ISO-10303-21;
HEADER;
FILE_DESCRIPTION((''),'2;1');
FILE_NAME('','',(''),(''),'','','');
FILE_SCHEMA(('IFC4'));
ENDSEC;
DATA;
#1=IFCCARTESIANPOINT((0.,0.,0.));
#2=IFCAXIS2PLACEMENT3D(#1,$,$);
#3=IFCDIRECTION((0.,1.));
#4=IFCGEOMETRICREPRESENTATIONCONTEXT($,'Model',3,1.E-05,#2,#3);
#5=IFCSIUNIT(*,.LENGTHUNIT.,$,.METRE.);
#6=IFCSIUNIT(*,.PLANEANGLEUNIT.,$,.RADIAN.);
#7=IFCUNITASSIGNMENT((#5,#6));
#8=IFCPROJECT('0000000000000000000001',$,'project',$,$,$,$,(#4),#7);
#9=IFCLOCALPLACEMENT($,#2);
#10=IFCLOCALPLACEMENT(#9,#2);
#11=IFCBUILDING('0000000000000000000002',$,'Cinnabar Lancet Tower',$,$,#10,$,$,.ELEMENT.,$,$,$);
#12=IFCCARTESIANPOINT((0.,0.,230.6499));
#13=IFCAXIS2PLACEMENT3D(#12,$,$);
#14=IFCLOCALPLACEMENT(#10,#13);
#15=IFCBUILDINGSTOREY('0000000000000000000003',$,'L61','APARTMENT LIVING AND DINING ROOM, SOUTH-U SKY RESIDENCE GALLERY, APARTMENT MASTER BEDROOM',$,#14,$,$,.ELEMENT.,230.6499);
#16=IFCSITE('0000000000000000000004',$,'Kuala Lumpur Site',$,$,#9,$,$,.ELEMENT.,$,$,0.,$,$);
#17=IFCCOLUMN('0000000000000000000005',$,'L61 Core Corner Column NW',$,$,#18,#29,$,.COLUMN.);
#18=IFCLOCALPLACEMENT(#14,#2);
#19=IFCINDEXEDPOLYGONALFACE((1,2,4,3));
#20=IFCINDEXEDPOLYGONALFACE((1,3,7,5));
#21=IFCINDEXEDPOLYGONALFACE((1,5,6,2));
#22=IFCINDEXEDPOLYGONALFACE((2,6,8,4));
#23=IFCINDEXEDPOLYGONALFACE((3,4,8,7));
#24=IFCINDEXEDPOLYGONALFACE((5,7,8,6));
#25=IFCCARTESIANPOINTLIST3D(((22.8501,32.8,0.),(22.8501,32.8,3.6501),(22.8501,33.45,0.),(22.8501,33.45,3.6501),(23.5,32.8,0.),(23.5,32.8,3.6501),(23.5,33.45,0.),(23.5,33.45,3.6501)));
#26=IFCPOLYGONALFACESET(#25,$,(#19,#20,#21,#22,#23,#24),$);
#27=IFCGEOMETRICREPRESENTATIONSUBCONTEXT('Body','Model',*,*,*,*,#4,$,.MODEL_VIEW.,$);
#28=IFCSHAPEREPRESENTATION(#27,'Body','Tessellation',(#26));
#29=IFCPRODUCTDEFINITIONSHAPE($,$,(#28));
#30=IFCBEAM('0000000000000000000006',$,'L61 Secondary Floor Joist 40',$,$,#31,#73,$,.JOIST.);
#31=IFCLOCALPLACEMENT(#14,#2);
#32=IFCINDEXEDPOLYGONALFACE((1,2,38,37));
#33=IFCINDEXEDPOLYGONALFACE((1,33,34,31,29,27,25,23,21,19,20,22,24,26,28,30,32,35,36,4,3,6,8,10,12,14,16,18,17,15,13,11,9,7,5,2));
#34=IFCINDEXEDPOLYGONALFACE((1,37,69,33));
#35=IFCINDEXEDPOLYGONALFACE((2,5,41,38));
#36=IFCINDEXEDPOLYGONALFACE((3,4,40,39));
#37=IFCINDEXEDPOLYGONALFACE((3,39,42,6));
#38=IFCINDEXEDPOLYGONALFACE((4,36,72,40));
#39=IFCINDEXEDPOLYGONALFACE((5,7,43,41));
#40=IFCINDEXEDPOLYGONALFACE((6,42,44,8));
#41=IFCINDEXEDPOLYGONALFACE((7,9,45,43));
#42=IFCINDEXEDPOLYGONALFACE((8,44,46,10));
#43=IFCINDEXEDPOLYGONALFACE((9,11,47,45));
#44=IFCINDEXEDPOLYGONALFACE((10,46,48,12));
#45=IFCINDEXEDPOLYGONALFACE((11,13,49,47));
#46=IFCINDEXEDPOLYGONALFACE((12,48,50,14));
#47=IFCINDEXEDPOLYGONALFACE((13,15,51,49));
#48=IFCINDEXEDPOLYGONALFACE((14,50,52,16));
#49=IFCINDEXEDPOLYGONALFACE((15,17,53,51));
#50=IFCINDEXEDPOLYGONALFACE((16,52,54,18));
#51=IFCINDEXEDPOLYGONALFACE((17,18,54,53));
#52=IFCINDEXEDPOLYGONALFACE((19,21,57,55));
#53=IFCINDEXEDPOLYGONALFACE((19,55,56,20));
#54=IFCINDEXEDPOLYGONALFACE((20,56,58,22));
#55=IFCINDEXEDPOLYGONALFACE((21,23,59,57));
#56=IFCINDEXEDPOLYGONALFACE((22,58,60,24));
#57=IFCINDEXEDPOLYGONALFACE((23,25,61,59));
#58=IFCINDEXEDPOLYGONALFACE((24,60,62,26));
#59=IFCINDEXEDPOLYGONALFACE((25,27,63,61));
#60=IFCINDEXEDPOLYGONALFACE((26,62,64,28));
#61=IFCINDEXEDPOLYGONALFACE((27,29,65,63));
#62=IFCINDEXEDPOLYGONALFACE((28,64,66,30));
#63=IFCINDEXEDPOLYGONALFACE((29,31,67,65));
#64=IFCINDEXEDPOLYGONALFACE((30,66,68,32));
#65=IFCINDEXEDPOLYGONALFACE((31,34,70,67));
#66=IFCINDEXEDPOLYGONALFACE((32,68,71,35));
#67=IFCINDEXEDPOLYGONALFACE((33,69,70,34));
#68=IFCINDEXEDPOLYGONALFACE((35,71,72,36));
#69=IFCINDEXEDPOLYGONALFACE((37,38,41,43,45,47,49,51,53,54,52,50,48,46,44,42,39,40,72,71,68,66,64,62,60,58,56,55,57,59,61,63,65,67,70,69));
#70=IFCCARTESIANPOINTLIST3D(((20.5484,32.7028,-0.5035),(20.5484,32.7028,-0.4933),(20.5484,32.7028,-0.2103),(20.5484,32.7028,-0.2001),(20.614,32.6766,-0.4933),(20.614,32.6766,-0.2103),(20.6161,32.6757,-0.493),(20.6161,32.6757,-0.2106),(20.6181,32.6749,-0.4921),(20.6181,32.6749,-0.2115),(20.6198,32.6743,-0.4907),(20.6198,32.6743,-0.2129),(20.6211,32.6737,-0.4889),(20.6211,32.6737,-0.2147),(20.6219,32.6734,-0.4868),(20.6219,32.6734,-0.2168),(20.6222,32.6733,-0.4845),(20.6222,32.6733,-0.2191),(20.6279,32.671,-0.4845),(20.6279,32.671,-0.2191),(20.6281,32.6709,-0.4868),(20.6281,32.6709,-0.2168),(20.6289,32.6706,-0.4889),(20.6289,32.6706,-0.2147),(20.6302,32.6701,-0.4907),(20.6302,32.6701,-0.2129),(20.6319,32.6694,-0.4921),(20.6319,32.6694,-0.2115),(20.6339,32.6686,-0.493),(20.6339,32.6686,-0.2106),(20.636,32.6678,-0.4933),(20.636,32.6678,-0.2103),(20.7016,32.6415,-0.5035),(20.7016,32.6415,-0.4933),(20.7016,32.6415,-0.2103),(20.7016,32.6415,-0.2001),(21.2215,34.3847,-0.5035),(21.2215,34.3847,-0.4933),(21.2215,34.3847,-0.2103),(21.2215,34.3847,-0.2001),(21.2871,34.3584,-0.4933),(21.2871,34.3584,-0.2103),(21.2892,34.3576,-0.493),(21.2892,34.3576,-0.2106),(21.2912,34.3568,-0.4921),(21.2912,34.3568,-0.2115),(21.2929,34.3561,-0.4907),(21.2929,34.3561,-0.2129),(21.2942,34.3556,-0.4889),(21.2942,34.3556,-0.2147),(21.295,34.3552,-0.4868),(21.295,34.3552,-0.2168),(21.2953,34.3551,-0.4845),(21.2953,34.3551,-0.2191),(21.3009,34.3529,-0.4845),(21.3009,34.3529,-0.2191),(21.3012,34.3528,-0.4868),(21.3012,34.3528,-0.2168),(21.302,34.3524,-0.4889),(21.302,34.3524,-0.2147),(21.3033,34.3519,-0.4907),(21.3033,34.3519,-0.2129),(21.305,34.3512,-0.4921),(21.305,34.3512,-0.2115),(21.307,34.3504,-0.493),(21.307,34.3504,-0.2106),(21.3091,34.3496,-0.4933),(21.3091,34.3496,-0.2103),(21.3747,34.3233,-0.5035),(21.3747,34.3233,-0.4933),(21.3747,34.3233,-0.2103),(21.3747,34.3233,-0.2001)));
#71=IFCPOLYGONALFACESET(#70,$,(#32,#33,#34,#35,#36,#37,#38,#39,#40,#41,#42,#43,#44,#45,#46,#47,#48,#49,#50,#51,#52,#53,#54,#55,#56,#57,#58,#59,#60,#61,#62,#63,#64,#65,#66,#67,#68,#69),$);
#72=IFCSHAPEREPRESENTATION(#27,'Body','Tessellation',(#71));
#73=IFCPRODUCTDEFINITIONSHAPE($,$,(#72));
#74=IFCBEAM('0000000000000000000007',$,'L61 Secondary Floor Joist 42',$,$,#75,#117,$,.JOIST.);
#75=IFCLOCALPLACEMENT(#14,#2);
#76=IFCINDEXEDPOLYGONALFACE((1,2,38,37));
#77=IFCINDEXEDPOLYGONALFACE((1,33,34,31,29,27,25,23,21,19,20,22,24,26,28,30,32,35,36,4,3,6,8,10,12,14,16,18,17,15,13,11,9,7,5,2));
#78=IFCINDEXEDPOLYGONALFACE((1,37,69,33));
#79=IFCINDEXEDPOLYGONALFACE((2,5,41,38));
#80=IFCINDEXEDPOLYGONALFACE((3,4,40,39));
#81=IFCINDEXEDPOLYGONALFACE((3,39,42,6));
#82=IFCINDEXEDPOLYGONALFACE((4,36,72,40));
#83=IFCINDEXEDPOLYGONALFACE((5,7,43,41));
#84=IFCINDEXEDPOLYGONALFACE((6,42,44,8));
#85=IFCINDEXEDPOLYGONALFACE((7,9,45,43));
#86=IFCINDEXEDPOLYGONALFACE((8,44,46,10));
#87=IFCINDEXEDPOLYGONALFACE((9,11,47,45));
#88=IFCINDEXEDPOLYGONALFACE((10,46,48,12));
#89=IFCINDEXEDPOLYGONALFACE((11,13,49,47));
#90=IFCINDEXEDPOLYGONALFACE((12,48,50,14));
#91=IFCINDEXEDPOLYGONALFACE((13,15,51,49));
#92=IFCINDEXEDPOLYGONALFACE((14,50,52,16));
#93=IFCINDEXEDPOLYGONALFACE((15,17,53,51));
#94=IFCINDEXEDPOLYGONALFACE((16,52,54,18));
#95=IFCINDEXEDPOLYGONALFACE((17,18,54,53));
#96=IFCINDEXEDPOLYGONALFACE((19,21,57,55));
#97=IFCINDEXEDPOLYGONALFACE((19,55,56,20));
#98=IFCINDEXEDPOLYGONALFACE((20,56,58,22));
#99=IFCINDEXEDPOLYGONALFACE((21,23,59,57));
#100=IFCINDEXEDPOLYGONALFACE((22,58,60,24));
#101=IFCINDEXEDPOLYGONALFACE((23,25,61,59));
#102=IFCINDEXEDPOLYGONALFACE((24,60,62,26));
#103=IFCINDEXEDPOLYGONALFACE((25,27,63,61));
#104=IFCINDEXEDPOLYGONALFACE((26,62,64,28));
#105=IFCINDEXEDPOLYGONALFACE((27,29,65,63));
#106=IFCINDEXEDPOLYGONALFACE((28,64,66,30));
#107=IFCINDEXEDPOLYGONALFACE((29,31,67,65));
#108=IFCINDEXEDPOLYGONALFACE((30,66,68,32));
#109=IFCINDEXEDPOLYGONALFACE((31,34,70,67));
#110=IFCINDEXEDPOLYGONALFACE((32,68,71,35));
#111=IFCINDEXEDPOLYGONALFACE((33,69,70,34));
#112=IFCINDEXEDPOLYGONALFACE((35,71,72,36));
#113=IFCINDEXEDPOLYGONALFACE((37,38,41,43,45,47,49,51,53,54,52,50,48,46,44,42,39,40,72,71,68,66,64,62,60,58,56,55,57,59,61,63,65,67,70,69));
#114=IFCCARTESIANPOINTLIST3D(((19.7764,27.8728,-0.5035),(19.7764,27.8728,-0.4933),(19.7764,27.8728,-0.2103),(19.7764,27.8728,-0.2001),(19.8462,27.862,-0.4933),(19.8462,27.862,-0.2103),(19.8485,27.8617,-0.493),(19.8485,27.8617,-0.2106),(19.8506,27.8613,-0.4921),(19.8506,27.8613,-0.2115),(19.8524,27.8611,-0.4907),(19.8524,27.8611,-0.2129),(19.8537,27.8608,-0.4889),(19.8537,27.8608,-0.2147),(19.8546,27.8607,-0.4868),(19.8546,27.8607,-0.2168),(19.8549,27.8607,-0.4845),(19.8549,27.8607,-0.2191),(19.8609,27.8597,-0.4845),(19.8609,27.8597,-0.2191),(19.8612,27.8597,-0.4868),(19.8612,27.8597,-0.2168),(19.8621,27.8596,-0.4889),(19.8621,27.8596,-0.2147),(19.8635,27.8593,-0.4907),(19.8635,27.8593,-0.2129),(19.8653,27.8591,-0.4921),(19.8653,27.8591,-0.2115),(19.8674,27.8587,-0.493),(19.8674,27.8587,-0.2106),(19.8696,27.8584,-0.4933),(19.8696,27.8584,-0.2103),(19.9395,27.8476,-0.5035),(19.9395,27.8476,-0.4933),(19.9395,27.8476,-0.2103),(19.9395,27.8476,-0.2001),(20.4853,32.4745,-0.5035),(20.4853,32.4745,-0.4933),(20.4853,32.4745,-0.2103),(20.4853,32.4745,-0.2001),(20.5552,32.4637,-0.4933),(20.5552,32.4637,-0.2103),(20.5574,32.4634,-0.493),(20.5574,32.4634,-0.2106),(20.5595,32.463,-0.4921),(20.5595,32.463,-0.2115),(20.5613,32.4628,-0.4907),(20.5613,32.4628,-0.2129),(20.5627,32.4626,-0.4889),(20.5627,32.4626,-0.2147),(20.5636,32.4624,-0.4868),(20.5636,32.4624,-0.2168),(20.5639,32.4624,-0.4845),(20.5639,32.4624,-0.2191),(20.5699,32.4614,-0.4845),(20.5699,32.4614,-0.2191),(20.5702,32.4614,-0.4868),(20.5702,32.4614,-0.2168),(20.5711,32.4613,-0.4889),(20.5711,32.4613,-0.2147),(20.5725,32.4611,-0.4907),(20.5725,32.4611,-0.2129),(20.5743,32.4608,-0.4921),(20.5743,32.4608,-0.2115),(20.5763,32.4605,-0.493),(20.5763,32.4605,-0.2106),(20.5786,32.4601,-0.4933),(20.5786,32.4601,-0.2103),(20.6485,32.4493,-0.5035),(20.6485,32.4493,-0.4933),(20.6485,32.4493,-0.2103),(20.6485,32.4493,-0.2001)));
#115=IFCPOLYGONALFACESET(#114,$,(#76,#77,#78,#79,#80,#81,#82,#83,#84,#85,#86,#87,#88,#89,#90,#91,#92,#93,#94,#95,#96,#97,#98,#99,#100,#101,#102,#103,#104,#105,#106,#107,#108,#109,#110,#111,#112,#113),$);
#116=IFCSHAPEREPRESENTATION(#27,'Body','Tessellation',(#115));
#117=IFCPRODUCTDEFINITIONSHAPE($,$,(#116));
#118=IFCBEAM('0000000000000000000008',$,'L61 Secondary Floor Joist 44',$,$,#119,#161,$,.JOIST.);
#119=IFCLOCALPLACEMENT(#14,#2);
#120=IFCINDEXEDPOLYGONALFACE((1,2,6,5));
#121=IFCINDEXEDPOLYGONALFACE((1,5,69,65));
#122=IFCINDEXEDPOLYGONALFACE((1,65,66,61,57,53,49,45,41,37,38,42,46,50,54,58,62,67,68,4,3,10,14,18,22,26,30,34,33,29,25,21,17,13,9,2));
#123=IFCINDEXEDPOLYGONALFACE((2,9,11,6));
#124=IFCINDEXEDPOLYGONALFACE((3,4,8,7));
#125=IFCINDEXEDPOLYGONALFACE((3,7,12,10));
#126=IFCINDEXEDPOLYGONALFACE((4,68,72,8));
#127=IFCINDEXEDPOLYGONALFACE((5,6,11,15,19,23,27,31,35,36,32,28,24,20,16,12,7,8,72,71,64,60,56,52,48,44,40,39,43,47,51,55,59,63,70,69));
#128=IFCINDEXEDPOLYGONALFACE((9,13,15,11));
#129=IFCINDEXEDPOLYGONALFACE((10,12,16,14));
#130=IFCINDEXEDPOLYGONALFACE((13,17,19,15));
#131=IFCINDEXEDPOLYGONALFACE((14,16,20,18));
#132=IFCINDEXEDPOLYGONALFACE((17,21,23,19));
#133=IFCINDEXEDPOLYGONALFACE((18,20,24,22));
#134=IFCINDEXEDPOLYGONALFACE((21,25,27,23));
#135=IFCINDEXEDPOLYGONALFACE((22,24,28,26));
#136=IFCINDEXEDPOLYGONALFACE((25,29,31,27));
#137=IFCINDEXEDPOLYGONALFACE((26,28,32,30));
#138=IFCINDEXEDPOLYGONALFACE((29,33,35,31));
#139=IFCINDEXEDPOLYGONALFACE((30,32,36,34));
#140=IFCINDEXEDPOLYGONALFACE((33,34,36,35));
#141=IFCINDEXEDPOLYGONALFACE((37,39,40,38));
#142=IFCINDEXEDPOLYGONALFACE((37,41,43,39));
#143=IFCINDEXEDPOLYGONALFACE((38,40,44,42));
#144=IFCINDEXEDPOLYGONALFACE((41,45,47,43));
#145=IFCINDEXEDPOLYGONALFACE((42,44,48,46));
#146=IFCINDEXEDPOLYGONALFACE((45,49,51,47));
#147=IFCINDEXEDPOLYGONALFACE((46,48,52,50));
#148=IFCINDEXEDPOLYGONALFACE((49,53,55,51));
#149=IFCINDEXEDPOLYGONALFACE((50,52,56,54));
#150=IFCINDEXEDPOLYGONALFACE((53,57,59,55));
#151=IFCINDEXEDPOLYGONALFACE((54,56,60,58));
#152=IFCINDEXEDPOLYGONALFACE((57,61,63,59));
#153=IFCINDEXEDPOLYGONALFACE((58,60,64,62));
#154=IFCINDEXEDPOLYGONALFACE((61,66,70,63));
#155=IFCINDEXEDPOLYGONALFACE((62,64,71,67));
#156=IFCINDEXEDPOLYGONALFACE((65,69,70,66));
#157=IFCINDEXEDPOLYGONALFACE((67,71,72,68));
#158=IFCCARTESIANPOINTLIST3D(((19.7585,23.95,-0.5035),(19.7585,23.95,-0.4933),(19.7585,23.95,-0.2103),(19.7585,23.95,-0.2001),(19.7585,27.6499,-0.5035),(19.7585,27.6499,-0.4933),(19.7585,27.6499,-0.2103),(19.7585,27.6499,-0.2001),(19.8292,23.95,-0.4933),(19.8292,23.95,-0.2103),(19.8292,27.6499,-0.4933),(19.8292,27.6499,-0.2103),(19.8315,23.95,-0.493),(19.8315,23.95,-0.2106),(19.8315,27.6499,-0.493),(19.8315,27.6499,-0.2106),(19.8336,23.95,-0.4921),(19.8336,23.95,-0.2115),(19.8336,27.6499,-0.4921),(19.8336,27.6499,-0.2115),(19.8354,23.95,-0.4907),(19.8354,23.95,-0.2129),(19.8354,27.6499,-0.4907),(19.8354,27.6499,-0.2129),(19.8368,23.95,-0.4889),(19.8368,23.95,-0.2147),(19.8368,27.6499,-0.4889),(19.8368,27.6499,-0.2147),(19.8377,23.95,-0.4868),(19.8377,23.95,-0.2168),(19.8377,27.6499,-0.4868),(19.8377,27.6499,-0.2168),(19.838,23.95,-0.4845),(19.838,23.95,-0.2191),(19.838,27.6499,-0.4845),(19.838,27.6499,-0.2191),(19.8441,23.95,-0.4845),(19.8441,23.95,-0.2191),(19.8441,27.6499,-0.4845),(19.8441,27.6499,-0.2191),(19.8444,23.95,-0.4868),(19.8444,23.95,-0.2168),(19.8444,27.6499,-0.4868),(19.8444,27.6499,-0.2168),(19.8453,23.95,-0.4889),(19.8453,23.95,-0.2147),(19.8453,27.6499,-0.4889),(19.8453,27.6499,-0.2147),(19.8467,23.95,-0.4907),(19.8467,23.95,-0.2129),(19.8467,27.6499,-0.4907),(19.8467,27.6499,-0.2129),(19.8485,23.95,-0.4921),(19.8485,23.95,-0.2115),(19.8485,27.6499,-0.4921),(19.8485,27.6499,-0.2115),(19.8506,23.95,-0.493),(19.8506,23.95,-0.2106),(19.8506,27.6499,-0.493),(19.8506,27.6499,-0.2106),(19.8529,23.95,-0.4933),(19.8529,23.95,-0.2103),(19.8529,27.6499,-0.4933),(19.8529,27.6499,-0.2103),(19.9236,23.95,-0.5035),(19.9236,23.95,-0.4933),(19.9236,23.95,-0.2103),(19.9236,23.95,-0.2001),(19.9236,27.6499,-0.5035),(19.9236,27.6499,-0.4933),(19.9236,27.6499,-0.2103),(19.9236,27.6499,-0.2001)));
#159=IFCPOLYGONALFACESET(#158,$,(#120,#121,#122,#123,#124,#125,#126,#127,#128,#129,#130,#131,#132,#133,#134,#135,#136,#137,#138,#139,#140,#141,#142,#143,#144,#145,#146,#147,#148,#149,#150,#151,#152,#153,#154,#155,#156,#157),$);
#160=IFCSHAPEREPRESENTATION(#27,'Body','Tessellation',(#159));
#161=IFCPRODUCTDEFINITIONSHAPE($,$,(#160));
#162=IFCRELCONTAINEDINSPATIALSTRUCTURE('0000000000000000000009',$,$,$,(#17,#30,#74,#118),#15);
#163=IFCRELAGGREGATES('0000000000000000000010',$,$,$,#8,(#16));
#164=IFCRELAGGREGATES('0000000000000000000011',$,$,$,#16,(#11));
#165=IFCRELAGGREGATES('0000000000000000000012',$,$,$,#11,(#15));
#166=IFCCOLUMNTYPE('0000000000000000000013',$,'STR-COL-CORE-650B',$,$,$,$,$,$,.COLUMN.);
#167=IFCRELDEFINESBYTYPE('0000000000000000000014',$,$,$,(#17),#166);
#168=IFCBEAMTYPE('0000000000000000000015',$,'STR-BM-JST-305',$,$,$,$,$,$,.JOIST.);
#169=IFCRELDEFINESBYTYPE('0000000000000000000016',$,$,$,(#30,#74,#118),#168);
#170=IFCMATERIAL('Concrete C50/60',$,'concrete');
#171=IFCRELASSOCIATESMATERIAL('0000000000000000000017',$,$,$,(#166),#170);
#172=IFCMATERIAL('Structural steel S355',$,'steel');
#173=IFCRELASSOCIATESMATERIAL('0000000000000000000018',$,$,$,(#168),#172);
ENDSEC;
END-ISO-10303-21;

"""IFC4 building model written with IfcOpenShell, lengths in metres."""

from ifc_helpers import new_model, si_unit, direction, frame, origin, origin_2d, place, context, subcontext, project, spatial, rectangle, i_section, extrude, material, material_profile, profile_set, type_object, element, save


model = new_model("IFC4")

# Units and contexts
model_context = context("Model", 3, precision=1e-05, world=origin(), true_north=direction((0.0, 1.0)))
body_context = subcontext(model_context, "Body", "Model", "MODEL_VIEW")
ifc_project = project(units=[si_unit("LENGTHUNIT", "METRE"), si_unit("PLANEANGLEUNIT", "RADIAN")], contexts=[model_context])

# Site, building, storey
site_placement = place(None, origin())
site = spatial("IfcSite", under=ifc_project, at=site_placement, Name="Kuala Lumpur Site", CompositionType="ELEMENT", RefElevation=0.0)
building_placement = place(site_placement, origin())
building = spatial("IfcBuilding", under=site, at=building_placement, Name="Cinnabar Lancet Tower", CompositionType="ELEMENT")
storey_placement = place(building_placement, frame((0.0, 0.0, 230.6499)))
storey = spatial("IfcBuildingStorey", under=building, at=storey_placement, Name="L61", Description="APARTMENT LIVING AND DINING ROOM, SOUTH-U SKY RESIDENCE GALLERY, APARTMENT MASTER BEDROOM", CompositionType="ELEMENT", Elevation=230.6499)

# Column
ifc_material_1 = material(Name="Concrete C50/60", Category="concrete")
ifc_material_profile_1 = material_profile(ifc_material_1, rectangle(XDim=0.6499, YDim=0.6499, at=origin_2d()), Name="RC-COL 650x650")
ifc_profile_set_1 = profile_set([ifc_material_profile_1], Name="Concrete C50/60")
column_type = type_object("IfcColumnType", Name="STR-COL-CORE-650B", PredefinedType="COLUMN", material=ifc_profile_set_1)
column_placement = place(storey_placement, frame((23.175, 33.125, 0.0), z_axis=(0.0, 0.0, 1.0), x_axis=(1.0, 0.0, 0.0)))
element("IfcColumn", 1, at=column_placement, inside=storey, type_object=column_type, Name="L61 Core Corner Column NW", PredefinedType="COLUMN", context=body_context, shape_type="SweptSolid", body=[
    extrude(rectangle(XDim=0.6499, YDim=0.6499, at=origin_2d()), origin(), (0.0, 0.0, 1.0), 3.6501),
])

# Beams
ifc_material_2 = material(Name="Structural steel S355", Category="steel")
ifc_material_profile_2 = material_profile(ifc_material_2, i_section(OverallWidth=0.165, OverallDepth=0.3035, WebThickness=0.0061, FlangeThickness=0.0103, FilletRadius=0.0088, at=origin_2d()), Name="UKB 305x165x40")
ifc_profile_set_2 = profile_set([ifc_material_profile_2], Name="Structural steel S355")
beam_type_1 = type_object("IfcBeamType", Name="STR-BM-JST-305", PredefinedType="JOIST", material=ifc_profile_set_2)
beam_1_placement = place(storey_placement, frame((21.2981, 34.354, -0.3518), z_axis=(-0.371553, -0.928412, 0.0), x_axis=(0.928412, -0.371553, 0.0)))
element("IfcBeam", 2, at=beam_1_placement, inside=storey, type_object=beam_type_1, Name="L61 Secondary Floor Joist 40", PredefinedType="JOIST", context=body_context, shape_type="SweptSolid", body=[
    extrude(i_section(OverallWidth=0.165, OverallDepth=0.3035, WebThickness=0.0061, FlangeThickness=0.0103, FilletRadius=0.0088, at=origin_2d()), origin(), (0.0, 0.0, 1.0), 1.8115),
])
beam_2_placement = place(storey_placement, frame((20.5669, 32.4619, -0.3518), z_axis=(-0.15227, -0.988339, 0.0), x_axis=(0.988339, -0.15227, 0.0)))
element("IfcBeam", 3, at=beam_2_placement, inside=storey, type_object=beam_type_1, Name="L61 Secondary Floor Joist 42", PredefinedType="JOIST", context=body_context, shape_type="SweptSolid", body=[
    extrude(i_section(OverallWidth=0.165, OverallDepth=0.3035, WebThickness=0.0061, FlangeThickness=0.0103, FilletRadius=0.0088, at=origin_2d()), origin(), (0.0, 0.0, 1.0), 4.656),
])
beam_3_placement = place(storey_placement, frame((19.8411, 27.6499, -0.3518), z_axis=(0.0, -1.0, 0.0), x_axis=(1.0, 0.0, 0.0)))
element("IfcBeam", 4, at=beam_3_placement, inside=storey, type_object=beam_type_1, Name="L61 Secondary Floor Joist 44", PredefinedType="JOIST", context=body_context, shape_type="SweptSolid", body=[
    extrude(i_section(OverallWidth=0.165, OverallDepth=0.3035, WebThickness=0.0061, FlangeThickness=0.0103, FilletRadius=0.0088, at=origin_2d()), origin(), (0.0, 0.0, 1.0), 3.7),
])

save(model, "model.ifc")
